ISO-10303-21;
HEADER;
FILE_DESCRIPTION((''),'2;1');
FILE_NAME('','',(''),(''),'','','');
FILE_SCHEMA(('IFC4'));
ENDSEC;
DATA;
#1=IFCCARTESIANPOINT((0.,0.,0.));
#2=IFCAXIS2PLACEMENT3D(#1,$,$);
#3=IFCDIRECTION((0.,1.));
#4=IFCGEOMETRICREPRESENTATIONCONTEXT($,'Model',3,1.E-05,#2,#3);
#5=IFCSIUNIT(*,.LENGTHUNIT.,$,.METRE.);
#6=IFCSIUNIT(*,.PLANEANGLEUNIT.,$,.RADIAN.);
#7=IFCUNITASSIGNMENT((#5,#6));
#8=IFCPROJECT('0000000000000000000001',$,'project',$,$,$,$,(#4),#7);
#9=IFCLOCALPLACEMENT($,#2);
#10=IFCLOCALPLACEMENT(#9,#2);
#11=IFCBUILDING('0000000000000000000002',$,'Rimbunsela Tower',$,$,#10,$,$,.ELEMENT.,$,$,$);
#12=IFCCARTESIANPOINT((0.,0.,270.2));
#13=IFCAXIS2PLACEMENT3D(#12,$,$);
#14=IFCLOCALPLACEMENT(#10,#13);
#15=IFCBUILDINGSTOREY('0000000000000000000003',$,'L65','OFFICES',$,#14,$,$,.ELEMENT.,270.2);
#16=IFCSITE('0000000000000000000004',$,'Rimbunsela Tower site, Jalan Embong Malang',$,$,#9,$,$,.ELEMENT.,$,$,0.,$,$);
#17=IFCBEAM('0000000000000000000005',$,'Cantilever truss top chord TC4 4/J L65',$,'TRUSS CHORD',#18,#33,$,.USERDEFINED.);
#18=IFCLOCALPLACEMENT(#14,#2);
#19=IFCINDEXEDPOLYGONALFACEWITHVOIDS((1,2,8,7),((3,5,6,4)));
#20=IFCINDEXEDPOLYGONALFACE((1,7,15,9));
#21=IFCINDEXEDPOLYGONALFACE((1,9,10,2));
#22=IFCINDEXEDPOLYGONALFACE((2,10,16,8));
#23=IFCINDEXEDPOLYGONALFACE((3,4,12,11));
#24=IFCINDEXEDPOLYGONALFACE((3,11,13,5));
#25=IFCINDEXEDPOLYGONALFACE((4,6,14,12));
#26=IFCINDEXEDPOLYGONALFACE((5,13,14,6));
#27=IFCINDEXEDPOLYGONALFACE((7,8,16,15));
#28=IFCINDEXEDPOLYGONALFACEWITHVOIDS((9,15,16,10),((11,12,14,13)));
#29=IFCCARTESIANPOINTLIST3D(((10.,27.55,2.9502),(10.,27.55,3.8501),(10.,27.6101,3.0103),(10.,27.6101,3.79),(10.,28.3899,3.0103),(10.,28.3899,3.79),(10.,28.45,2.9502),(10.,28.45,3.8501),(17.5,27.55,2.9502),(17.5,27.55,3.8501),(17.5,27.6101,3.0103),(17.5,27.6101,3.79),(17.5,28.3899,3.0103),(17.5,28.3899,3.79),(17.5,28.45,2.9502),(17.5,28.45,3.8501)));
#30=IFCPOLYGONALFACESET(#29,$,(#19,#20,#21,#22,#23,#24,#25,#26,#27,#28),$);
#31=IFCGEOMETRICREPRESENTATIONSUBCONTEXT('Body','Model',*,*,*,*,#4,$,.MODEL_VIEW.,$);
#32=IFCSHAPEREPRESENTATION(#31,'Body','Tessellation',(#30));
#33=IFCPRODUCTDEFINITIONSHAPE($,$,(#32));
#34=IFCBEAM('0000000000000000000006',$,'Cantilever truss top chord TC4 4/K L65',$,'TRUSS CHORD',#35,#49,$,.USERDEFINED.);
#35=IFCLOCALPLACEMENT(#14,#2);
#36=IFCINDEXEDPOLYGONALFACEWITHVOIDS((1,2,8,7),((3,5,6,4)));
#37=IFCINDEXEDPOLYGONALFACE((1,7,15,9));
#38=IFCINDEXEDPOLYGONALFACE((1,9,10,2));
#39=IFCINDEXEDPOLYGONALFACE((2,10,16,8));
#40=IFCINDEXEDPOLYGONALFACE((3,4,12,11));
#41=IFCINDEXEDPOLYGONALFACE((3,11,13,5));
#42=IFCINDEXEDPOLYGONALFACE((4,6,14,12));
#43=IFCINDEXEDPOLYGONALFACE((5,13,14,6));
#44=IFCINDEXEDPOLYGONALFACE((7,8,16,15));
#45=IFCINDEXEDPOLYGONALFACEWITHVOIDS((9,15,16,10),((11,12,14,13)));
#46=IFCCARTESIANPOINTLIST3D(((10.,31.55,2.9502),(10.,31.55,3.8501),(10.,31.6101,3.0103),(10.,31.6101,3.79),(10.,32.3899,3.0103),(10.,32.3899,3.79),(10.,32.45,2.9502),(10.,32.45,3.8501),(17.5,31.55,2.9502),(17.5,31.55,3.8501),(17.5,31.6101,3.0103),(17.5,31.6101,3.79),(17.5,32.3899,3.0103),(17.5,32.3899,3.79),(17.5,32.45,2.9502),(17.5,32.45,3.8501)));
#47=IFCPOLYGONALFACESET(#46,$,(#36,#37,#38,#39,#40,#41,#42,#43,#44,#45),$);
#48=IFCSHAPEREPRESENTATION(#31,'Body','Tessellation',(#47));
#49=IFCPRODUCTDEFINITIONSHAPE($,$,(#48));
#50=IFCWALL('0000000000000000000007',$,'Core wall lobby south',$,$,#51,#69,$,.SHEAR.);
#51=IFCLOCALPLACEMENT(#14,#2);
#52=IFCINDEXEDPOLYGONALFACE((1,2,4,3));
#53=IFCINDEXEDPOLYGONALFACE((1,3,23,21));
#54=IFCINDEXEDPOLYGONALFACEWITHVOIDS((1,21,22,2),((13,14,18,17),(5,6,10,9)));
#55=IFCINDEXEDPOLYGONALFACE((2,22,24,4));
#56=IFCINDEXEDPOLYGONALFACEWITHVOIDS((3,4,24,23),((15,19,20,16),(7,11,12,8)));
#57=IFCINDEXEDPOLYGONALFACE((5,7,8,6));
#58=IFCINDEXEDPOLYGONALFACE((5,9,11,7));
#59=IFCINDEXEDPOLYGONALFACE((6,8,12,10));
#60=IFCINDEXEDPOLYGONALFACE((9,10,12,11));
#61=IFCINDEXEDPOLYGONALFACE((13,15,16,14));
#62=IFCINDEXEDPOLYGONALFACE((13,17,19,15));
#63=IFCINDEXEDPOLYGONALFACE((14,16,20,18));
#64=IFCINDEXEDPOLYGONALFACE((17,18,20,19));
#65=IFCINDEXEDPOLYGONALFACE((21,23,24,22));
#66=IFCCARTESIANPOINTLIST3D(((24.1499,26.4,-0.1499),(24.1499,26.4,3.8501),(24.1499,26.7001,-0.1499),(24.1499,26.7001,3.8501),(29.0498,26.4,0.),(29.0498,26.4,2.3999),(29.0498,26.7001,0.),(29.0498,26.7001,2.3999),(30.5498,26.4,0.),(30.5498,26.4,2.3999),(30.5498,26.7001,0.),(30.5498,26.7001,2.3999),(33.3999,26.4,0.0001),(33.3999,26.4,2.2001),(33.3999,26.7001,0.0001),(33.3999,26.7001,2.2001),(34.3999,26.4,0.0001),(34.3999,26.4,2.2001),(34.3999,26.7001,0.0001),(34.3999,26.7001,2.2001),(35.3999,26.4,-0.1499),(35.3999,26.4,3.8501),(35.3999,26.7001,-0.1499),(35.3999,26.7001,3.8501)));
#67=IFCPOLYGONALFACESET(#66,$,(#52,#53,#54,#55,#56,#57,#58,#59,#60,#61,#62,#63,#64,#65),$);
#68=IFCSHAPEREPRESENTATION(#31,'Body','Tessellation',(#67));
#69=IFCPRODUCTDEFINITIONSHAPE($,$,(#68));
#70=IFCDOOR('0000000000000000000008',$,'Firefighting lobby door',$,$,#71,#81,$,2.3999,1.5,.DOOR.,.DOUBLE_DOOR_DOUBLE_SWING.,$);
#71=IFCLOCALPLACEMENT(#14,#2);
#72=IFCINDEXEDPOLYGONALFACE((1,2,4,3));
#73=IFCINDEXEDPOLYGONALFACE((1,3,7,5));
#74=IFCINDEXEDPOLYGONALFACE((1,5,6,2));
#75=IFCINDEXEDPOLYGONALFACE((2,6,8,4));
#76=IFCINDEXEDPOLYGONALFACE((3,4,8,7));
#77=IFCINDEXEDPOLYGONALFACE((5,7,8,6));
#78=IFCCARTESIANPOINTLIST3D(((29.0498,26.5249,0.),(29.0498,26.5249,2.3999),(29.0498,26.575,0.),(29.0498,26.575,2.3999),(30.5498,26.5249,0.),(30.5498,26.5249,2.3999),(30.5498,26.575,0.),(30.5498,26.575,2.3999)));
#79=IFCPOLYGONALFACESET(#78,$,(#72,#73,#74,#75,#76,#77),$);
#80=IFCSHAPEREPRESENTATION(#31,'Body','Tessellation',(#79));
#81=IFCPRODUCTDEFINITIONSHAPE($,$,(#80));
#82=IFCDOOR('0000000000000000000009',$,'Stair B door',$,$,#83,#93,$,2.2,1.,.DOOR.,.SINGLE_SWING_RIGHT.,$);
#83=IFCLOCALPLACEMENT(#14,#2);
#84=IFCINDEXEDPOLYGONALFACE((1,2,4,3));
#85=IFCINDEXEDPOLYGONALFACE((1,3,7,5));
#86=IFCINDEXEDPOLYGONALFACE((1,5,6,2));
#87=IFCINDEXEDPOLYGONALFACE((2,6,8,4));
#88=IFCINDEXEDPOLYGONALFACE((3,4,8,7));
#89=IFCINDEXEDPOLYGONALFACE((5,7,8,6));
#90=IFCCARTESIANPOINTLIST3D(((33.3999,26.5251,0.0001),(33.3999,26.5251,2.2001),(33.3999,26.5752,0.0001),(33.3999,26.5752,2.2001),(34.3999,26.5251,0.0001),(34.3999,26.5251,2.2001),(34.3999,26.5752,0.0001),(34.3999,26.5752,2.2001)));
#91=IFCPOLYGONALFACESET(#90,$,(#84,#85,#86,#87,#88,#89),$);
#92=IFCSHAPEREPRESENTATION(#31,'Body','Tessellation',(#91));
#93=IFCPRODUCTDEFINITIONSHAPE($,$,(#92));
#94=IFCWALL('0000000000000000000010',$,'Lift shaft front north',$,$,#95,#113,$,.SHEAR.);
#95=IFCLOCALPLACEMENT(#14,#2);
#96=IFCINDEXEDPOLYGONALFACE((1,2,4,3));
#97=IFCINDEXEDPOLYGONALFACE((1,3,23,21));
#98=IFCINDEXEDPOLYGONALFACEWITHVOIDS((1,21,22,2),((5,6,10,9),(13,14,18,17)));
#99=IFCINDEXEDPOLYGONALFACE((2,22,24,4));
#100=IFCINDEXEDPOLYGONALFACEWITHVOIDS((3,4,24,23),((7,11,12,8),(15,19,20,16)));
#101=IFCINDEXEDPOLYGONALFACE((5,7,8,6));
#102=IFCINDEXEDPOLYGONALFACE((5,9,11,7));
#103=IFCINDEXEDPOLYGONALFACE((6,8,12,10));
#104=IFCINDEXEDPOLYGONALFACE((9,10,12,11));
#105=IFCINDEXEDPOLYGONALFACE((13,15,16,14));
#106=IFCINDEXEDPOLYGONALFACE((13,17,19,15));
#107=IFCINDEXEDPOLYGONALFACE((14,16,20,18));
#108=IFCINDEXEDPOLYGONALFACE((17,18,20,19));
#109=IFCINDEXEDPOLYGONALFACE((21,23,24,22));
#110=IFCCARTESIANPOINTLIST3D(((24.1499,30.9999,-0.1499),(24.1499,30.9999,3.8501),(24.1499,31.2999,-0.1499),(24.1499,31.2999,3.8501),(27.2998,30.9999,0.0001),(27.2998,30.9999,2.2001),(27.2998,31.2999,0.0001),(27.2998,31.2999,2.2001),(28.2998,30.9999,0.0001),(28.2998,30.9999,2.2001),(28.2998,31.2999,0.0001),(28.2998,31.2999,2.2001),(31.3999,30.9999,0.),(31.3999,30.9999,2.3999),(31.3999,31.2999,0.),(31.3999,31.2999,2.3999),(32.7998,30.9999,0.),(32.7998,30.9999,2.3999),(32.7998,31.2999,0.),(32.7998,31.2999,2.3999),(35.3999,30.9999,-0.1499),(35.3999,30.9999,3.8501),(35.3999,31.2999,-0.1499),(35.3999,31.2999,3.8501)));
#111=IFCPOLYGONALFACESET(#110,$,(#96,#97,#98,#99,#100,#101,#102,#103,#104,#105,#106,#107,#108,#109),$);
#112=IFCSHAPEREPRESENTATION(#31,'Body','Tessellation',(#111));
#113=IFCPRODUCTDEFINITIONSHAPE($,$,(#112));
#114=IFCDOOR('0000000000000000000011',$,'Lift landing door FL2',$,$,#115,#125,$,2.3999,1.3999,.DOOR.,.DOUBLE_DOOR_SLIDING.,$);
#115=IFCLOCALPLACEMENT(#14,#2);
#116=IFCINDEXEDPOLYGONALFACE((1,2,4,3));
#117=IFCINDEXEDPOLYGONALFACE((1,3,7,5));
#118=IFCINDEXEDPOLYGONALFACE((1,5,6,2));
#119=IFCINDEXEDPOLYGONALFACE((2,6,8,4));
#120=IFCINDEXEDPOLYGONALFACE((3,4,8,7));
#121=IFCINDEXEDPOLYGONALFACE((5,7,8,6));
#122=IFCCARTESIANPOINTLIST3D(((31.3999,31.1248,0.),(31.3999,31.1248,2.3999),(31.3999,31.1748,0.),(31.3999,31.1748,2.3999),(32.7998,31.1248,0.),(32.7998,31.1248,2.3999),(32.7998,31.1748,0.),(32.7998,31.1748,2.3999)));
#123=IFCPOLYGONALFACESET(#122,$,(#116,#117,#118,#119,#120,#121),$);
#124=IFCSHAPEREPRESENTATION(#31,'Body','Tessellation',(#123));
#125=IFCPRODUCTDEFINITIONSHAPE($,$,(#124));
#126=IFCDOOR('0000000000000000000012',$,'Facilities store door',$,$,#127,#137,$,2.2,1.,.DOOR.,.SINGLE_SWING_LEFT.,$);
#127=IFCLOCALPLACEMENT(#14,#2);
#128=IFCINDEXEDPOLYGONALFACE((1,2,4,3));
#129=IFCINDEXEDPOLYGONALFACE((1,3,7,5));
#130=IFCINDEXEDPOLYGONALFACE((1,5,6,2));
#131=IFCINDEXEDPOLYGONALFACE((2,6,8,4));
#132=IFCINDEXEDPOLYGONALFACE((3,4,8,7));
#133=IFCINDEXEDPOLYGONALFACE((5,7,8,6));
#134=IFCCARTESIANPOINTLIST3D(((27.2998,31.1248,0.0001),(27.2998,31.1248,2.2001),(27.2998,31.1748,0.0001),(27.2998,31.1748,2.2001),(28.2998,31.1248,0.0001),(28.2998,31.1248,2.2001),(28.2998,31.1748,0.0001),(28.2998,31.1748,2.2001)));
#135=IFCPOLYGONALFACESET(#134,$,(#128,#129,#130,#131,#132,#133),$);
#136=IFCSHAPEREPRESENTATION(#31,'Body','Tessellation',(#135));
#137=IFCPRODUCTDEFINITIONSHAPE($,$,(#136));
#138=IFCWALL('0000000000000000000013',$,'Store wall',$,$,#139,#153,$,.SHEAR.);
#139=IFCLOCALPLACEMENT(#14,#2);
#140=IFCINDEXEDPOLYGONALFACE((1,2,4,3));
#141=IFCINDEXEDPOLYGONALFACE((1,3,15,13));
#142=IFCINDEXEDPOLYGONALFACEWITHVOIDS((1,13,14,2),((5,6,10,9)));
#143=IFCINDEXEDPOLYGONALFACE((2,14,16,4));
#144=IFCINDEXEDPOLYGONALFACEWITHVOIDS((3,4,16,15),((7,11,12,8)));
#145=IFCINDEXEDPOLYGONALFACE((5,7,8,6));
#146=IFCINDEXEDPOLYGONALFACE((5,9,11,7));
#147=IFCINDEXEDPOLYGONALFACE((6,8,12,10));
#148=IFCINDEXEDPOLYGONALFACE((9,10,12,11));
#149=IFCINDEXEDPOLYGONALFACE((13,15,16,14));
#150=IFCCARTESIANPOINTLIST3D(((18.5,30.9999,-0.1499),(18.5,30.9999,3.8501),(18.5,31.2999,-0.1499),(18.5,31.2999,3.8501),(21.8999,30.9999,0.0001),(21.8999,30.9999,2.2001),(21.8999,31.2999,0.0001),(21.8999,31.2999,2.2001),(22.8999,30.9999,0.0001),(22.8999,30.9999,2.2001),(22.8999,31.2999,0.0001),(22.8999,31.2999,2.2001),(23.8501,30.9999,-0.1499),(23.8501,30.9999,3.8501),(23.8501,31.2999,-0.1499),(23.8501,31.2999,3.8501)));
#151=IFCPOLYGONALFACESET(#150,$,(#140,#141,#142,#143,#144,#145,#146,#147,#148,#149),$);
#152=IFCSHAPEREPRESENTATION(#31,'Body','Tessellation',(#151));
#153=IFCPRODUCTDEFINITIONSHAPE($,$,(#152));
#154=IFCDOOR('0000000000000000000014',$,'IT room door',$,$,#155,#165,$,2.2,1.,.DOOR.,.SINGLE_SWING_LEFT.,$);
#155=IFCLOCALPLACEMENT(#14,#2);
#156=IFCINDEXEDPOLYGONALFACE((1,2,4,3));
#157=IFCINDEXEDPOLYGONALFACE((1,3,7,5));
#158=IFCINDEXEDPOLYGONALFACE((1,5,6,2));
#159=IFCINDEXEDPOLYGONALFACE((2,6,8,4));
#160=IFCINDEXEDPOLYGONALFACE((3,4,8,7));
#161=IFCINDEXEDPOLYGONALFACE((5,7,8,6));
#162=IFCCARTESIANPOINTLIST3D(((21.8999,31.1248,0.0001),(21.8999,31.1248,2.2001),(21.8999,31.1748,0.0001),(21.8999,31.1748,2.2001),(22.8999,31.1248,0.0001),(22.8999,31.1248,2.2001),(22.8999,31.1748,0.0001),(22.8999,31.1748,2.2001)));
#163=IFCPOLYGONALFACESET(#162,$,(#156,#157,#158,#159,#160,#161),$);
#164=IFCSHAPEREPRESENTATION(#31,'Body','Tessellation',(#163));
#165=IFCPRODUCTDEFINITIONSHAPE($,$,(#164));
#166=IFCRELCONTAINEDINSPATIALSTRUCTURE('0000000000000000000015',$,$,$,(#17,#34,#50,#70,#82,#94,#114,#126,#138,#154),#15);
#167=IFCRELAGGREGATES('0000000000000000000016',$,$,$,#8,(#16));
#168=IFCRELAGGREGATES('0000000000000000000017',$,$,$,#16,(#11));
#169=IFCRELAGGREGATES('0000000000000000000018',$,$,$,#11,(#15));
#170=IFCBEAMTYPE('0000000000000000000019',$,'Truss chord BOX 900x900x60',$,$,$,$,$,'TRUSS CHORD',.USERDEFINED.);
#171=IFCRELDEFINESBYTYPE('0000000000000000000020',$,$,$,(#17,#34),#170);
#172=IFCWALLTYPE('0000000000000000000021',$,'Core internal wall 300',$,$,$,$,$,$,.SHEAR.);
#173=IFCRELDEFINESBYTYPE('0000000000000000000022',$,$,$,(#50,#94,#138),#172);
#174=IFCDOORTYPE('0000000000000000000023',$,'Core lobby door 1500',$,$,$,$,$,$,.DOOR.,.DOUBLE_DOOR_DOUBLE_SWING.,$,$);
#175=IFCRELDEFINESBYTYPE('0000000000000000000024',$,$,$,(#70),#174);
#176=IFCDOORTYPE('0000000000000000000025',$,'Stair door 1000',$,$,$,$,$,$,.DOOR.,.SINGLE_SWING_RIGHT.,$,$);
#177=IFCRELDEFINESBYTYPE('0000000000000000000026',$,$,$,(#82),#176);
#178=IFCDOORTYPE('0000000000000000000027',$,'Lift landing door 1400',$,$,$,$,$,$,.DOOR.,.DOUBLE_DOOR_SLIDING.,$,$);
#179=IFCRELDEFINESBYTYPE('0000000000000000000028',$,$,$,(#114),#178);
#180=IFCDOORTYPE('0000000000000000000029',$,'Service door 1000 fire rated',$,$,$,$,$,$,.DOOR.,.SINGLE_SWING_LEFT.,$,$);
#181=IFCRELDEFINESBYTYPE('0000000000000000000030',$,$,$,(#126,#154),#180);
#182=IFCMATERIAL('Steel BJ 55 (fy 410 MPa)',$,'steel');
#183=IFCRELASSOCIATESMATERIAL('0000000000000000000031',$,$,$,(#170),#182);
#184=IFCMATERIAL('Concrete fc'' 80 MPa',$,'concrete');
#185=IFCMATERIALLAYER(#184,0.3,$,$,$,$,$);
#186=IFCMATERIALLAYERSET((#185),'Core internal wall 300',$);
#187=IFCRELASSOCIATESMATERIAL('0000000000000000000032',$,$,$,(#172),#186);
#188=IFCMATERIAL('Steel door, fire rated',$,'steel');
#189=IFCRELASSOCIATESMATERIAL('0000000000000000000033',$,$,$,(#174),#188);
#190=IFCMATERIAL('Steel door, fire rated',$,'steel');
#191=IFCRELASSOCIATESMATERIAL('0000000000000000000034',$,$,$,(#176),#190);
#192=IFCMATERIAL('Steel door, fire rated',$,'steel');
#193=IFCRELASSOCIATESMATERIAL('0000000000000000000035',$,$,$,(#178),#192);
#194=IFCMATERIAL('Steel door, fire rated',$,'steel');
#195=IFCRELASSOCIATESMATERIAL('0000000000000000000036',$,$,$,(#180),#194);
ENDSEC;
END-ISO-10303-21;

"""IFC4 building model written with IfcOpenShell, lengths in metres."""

from ifc_helpers import new_model, si_unit, direction, frame, frame_2d, origin, origin_2d, place, context, subcontext, project, spatial, rectangle, hollow_rectangle, extrude, material, layer, layer_set, material_profile, profile_set, type_object, element, fill, save


model = new_model("IFC4")

# Units and contexts
model_context = context("Model", 3, precision=1e-05, world=origin(), true_north=direction((0.0, 1.0)))
body_context = subcontext(model_context, "Body", "Model", "MODEL_VIEW")
ifc_project = project(units=[si_unit("LENGTHUNIT", "METRE"), si_unit("PLANEANGLEUNIT", "RADIAN")], contexts=[model_context])

# Site, building, storey
site_placement = place(None, origin())
site = spatial("IfcSite", under=ifc_project, at=site_placement, Name="Rimbunsela Tower site, Jalan Embong Malang", CompositionType="ELEMENT", RefElevation=0.0)
building_placement = place(site_placement, origin())
building = spatial("IfcBuilding", under=site, at=building_placement, Name="Rimbunsela Tower", CompositionType="ELEMENT")
storey_placement = place(building_placement, frame((0.0, 0.0, 270.2)))
storey = spatial("IfcBuildingStorey", under=building, at=storey_placement, Name="L65", Description="OFFICES", CompositionType="ELEMENT", Elevation=270.2)

# Beams
ifc_material_1 = material(Name="Steel BJ 55 (fy 410 MPa)", Category="steel")
ifc_material_profile = material_profile(ifc_material_1, hollow_rectangle(XDim=0.8999, YDim=0.8999, WallThickness=0.0601, at=origin_2d()), Name="BOX 900x900x60")
ifc_profile_set = profile_set([ifc_material_profile], Name="Steel BJ 55 (fy 410 MPa)")
beam_type = type_object("IfcBeamType", Name="Truss chord BOX 900x900x60", ElementType="TRUSS CHORD", PredefinedType="USERDEFINED", material=ifc_profile_set)
for number, where, z_axis, x_axis, name in (
    (1, (17.5, 28.0, 3.4001), (-1.0, 0.0, 0.0), (0.0, -1.0, 0.0), "Cantilever truss top chord TC4 4/J L65"),
    (2, (17.5, 32.0, 3.4001), (-1.0, 0.0, 0.0), (0.0, -1.0, 0.0), "Cantilever truss top chord TC4 4/K L65"),
):
    element("IfcBeam", number, at=place(storey_placement, frame(where, z_axis=z_axis, x_axis=x_axis)), inside=storey, type_object=beam_type, Name=name, ObjectType="TRUSS CHORD", PredefinedType="USERDEFINED", context=body_context, shape_type="SweptSolid", body=[
        extrude(hollow_rectangle(XDim=0.8999, YDim=0.8999, WallThickness=0.0601, at=origin_2d()), origin(), (0.0, 0.0, 1.0), 7.5),
    ])

# Walls, openings, doors
ifc_material_2 = material(Name="Concrete fc' 80 MPa", Category="concrete")
ifc_layer_1 = layer(ifc_material_2, 0.3)
ifc_layer_set_1 = layer_set([ifc_layer_1], Name="Core internal wall 300")
wall_type_1 = type_object("IfcWallType", Name="Core internal wall 300", PredefinedType="SHEAR", material=ifc_layer_set_1)
wall_1_placement = place(storey_placement, frame((24.1499, 26.55, -0.1499), z_axis=(0.0, 0.0, 1.0), x_axis=(1.0, 0.0, 0.0)))
wall_1 = element("IfcWall", 3, at=wall_1_placement, inside=storey, type_object=wall_type_1, Name="Core wall lobby south", PredefinedType="SHEAR", context=body_context, shape_type="SweptSolid", body=[
    extrude(rectangle(XDim=11.25, YDim=0.3, at=frame_2d((5.625, 0.0))), origin(), (0.0, 0.0, 1.0), 4.0),
])
opening_1_placement = place(wall_1_placement, frame((9.25, 0.0, 0.1499)))
opening_1 = element("IfcOpeningElement", 4, at=opening_1_placement, cuts=wall_1, PredefinedType="OPENING", context=body_context, shape_type="SweptSolid", body=[
    extrude(rectangle(XDim=1.0, YDim=2.2, at=frame_2d((0.5, 1.1001))), frame((0.0, 0.1599, 0.0), z_axis=(0.0, -1.0, 0.0), x_axis=(1.0, 0.0, 0.0)), (0.0, 0.0, 1.0), 0.3201),
])
opening_2_placement = place(wall_1_placement, frame((4.8999, 0.0, 0.1499)))
opening_2 = element("IfcOpeningElement", 5, at=opening_2_placement, cuts=wall_1, PredefinedType="OPENING", context=body_context, shape_type="SweptSolid", body=[
    extrude(rectangle(XDim=1.5, YDim=2.3999, at=frame_2d((0.75, 1.2))), frame((0.0, 0.1599, 0.0), z_axis=(0.0, -1.0, 0.0), x_axis=(1.0, 0.0, 0.0)), (0.0, 0.0, 1.0), 0.3201),
])
ifc_material_3 = material(Name="Steel door, fire rated", Category="steel")
door_type_1 = type_object("IfcDoorType", Name="Core lobby door 1500", OperationType="DOUBLE_DOOR_DOUBLE_SWING", PredefinedType="DOOR", material=ifc_material_3)
door_1_placement = place(opening_2_placement, origin())
door_1 = element("IfcDoor", 6, at=door_1_placement, inside=storey, type_object=door_type_1, Name="Firefighting lobby door", OperationType="DOUBLE_DOOR_DOUBLE_SWING", OverallHeight=2.3999, OverallWidth=1.5, PredefinedType="DOOR", context=body_context, shape_type="SweptSolid", body=[
    extrude(rectangle(XDim=1.5, YDim=2.3999, at=frame_2d((0.75, 1.2))), frame((0.0, 0.0249, 0.0), z_axis=(0.0, -1.0, 0.0), x_axis=(1.0, 0.0, 0.0)), (0.0, 0.0, 1.0), 0.05),
])
fill(opening_2, door_1)
ifc_material_4 = material(Name="Steel door, fire rated", Category="steel")
door_type_2 = type_object("IfcDoorType", Name="Stair door 1000", OperationType="SINGLE_SWING_RIGHT", PredefinedType="DOOR", material=ifc_material_4)
door_2_placement = place(opening_1_placement, frame((1.0, 0.0, 0.0), z_axis=(0.0, 0.0, 1.0), x_axis=(-1.0, 0.0, 0.0)))
door_2 = element("IfcDoor", 7, at=door_2_placement, inside=storey, type_object=door_type_2, Name="Stair B door", OperationType="SINGLE_SWING_RIGHT", OverallHeight=2.2, OverallWidth=1.0, PredefinedType="DOOR", context=body_context, shape_type="SweptSolid", body=[
    extrude(rectangle(XDim=1.0, YDim=2.2, at=frame_2d((0.5, 1.1001))), frame((0.0, 0.0249, 0.0), z_axis=(0.0, -1.0, 0.0), x_axis=(1.0, 0.0, 0.0)), (0.0, 0.0, 1.0), 0.05),
])
fill(opening_1, door_2)
wall_2_placement = place(storey_placement, frame((24.1499, 31.1499, -0.1499), z_axis=(0.0, 0.0, 1.0), x_axis=(1.0, 0.0, 0.0)))
wall_2 = element("IfcWall", 8, at=wall_2_placement, inside=storey, type_object=wall_type_1, Name="Lift shaft front north", PredefinedType="SHEAR", context=body_context, shape_type="SweptSolid", body=[
    extrude(rectangle(XDim=11.25, YDim=0.3, at=frame_2d((5.625, 0.0))), origin(), (0.0, 0.0, 1.0), 4.0),
])
opening_3_placement = place(wall_2_placement, frame((3.1499, 0.0, 0.1499)))
opening_3 = element("IfcOpeningElement", 9, at=opening_3_placement, cuts=wall_2, PredefinedType="OPENING", context=body_context, shape_type="SweptSolid", body=[
    extrude(rectangle(XDim=1.0, YDim=2.2, at=frame_2d((0.5, 1.1001))), frame((0.0, 0.1599, 0.0), z_axis=(0.0, -1.0, 0.0), x_axis=(1.0, 0.0, 0.0)), (0.0, 0.0, 1.0), 0.3201),
])
opening_4_placement = place(wall_2_placement, frame((7.25, 0.0, 0.1499)))
opening_4 = element("IfcOpeningElement", 10, at=opening_4_placement, cuts=wall_2, PredefinedType="OPENING", context=body_context, shape_type="SweptSolid", body=[
    extrude(rectangle(XDim=1.3999, YDim=2.3999, at=frame_2d((0.7, 1.2))), frame((0.0, 0.1599, 0.0), z_axis=(0.0, -1.0, 0.0), x_axis=(1.0, 0.0, 0.0)), (0.0, 0.0, 1.0), 0.3201),
])
ifc_material_5 = material(Name="Steel door, fire rated", Category="steel")
door_type_3 = type_object("IfcDoorType", Name="Lift landing door 1400", OperationType="DOUBLE_DOOR_SLIDING", PredefinedType="DOOR", material=ifc_material_5)
door_3_placement = place(opening_4_placement, origin())
door_3 = element("IfcDoor", 11, at=door_3_placement, inside=storey, type_object=door_type_3, Name="Lift landing door FL2", OperationType="DOUBLE_DOOR_SLIDING", OverallHeight=2.3999, OverallWidth=1.3999, PredefinedType="DOOR", context=body_context, shape_type="SweptSolid", body=[
    extrude(rectangle(XDim=1.3999, YDim=2.3999, at=frame_2d((0.7, 1.2))), frame((0.0, 0.0249, 0.0), z_axis=(0.0, -1.0, 0.0), x_axis=(1.0, 0.0, 0.0)), (0.0, 0.0, 1.0), 0.05),
])
fill(opening_4, door_3)
ifc_material_6 = material(Name="Steel door, fire rated", Category="steel")
door_type_4 = type_object("IfcDoorType", Name="Service door 1000 fire rated", OperationType="SINGLE_SWING_LEFT", PredefinedType="DOOR", material=ifc_material_6)
door_4_placement = place(opening_3_placement, origin())
door_4 = element("IfcDoor", 12, at=door_4_placement, inside=storey, type_object=door_type_4, Name="Facilities store door", OperationType="SINGLE_SWING_LEFT", OverallHeight=2.2, OverallWidth=1.0, PredefinedType="DOOR", context=body_context, shape_type="SweptSolid", body=[
    extrude(rectangle(XDim=1.0, YDim=2.2, at=frame_2d((0.5, 1.1001))), frame((0.0, 0.0249, 0.0), z_axis=(0.0, -1.0, 0.0), x_axis=(1.0, 0.0, 0.0)), (0.0, 0.0, 1.0), 0.05),
])
fill(opening_3, door_4)

# Wall, opening, door
wall_3_placement = place(storey_placement, frame((18.5, 31.1499, -0.1499), z_axis=(0.0, 0.0, 1.0), x_axis=(1.0, 0.0, 0.0)))
wall_3 = element("IfcWall", 13, at=wall_3_placement, inside=storey, type_object=wall_type_1, Name="Store wall", PredefinedType="SHEAR", context=body_context, shape_type="SweptSolid", body=[
    extrude(rectangle(XDim=5.3501, YDim=0.3, at=frame_2d((2.675, 0.0))), origin(), (0.0, 0.0, 1.0), 4.0),
])
opening_5_placement = place(wall_3_placement, frame((3.3999, 0.0, 0.1499)))
opening_5 = element("IfcOpeningElement", 14, at=opening_5_placement, cuts=wall_3, PredefinedType="OPENING", context=body_context, shape_type="SweptSolid", body=[
    extrude(rectangle(XDim=1.0, YDim=2.2, at=frame_2d((0.5, 1.1001))), frame((0.0, 0.1599, 0.0), z_axis=(0.0, -1.0, 0.0), x_axis=(1.0, 0.0, 0.0)), (0.0, 0.0, 1.0), 0.3201),
])
door_5_placement = place(opening_5_placement, origin())
door_5 = element("IfcDoor", 15, at=door_5_placement, inside=storey, type_object=door_type_4, Name="IT room door", OperationType="SINGLE_SWING_LEFT", OverallHeight=2.2, OverallWidth=1.0, PredefinedType="DOOR", context=body_context, shape_type="SweptSolid", body=[
    extrude(rectangle(XDim=1.0, YDim=2.2, at=frame_2d((0.5, 1.1001))), frame((0.0, 0.0249, 0.0), z_axis=(0.0, -1.0, 0.0), x_axis=(1.0, 0.0, 0.0)), (0.0, 0.0, 1.0), 0.05),
])
fill(opening_5, door_5)

save(model, "model.ifc")
